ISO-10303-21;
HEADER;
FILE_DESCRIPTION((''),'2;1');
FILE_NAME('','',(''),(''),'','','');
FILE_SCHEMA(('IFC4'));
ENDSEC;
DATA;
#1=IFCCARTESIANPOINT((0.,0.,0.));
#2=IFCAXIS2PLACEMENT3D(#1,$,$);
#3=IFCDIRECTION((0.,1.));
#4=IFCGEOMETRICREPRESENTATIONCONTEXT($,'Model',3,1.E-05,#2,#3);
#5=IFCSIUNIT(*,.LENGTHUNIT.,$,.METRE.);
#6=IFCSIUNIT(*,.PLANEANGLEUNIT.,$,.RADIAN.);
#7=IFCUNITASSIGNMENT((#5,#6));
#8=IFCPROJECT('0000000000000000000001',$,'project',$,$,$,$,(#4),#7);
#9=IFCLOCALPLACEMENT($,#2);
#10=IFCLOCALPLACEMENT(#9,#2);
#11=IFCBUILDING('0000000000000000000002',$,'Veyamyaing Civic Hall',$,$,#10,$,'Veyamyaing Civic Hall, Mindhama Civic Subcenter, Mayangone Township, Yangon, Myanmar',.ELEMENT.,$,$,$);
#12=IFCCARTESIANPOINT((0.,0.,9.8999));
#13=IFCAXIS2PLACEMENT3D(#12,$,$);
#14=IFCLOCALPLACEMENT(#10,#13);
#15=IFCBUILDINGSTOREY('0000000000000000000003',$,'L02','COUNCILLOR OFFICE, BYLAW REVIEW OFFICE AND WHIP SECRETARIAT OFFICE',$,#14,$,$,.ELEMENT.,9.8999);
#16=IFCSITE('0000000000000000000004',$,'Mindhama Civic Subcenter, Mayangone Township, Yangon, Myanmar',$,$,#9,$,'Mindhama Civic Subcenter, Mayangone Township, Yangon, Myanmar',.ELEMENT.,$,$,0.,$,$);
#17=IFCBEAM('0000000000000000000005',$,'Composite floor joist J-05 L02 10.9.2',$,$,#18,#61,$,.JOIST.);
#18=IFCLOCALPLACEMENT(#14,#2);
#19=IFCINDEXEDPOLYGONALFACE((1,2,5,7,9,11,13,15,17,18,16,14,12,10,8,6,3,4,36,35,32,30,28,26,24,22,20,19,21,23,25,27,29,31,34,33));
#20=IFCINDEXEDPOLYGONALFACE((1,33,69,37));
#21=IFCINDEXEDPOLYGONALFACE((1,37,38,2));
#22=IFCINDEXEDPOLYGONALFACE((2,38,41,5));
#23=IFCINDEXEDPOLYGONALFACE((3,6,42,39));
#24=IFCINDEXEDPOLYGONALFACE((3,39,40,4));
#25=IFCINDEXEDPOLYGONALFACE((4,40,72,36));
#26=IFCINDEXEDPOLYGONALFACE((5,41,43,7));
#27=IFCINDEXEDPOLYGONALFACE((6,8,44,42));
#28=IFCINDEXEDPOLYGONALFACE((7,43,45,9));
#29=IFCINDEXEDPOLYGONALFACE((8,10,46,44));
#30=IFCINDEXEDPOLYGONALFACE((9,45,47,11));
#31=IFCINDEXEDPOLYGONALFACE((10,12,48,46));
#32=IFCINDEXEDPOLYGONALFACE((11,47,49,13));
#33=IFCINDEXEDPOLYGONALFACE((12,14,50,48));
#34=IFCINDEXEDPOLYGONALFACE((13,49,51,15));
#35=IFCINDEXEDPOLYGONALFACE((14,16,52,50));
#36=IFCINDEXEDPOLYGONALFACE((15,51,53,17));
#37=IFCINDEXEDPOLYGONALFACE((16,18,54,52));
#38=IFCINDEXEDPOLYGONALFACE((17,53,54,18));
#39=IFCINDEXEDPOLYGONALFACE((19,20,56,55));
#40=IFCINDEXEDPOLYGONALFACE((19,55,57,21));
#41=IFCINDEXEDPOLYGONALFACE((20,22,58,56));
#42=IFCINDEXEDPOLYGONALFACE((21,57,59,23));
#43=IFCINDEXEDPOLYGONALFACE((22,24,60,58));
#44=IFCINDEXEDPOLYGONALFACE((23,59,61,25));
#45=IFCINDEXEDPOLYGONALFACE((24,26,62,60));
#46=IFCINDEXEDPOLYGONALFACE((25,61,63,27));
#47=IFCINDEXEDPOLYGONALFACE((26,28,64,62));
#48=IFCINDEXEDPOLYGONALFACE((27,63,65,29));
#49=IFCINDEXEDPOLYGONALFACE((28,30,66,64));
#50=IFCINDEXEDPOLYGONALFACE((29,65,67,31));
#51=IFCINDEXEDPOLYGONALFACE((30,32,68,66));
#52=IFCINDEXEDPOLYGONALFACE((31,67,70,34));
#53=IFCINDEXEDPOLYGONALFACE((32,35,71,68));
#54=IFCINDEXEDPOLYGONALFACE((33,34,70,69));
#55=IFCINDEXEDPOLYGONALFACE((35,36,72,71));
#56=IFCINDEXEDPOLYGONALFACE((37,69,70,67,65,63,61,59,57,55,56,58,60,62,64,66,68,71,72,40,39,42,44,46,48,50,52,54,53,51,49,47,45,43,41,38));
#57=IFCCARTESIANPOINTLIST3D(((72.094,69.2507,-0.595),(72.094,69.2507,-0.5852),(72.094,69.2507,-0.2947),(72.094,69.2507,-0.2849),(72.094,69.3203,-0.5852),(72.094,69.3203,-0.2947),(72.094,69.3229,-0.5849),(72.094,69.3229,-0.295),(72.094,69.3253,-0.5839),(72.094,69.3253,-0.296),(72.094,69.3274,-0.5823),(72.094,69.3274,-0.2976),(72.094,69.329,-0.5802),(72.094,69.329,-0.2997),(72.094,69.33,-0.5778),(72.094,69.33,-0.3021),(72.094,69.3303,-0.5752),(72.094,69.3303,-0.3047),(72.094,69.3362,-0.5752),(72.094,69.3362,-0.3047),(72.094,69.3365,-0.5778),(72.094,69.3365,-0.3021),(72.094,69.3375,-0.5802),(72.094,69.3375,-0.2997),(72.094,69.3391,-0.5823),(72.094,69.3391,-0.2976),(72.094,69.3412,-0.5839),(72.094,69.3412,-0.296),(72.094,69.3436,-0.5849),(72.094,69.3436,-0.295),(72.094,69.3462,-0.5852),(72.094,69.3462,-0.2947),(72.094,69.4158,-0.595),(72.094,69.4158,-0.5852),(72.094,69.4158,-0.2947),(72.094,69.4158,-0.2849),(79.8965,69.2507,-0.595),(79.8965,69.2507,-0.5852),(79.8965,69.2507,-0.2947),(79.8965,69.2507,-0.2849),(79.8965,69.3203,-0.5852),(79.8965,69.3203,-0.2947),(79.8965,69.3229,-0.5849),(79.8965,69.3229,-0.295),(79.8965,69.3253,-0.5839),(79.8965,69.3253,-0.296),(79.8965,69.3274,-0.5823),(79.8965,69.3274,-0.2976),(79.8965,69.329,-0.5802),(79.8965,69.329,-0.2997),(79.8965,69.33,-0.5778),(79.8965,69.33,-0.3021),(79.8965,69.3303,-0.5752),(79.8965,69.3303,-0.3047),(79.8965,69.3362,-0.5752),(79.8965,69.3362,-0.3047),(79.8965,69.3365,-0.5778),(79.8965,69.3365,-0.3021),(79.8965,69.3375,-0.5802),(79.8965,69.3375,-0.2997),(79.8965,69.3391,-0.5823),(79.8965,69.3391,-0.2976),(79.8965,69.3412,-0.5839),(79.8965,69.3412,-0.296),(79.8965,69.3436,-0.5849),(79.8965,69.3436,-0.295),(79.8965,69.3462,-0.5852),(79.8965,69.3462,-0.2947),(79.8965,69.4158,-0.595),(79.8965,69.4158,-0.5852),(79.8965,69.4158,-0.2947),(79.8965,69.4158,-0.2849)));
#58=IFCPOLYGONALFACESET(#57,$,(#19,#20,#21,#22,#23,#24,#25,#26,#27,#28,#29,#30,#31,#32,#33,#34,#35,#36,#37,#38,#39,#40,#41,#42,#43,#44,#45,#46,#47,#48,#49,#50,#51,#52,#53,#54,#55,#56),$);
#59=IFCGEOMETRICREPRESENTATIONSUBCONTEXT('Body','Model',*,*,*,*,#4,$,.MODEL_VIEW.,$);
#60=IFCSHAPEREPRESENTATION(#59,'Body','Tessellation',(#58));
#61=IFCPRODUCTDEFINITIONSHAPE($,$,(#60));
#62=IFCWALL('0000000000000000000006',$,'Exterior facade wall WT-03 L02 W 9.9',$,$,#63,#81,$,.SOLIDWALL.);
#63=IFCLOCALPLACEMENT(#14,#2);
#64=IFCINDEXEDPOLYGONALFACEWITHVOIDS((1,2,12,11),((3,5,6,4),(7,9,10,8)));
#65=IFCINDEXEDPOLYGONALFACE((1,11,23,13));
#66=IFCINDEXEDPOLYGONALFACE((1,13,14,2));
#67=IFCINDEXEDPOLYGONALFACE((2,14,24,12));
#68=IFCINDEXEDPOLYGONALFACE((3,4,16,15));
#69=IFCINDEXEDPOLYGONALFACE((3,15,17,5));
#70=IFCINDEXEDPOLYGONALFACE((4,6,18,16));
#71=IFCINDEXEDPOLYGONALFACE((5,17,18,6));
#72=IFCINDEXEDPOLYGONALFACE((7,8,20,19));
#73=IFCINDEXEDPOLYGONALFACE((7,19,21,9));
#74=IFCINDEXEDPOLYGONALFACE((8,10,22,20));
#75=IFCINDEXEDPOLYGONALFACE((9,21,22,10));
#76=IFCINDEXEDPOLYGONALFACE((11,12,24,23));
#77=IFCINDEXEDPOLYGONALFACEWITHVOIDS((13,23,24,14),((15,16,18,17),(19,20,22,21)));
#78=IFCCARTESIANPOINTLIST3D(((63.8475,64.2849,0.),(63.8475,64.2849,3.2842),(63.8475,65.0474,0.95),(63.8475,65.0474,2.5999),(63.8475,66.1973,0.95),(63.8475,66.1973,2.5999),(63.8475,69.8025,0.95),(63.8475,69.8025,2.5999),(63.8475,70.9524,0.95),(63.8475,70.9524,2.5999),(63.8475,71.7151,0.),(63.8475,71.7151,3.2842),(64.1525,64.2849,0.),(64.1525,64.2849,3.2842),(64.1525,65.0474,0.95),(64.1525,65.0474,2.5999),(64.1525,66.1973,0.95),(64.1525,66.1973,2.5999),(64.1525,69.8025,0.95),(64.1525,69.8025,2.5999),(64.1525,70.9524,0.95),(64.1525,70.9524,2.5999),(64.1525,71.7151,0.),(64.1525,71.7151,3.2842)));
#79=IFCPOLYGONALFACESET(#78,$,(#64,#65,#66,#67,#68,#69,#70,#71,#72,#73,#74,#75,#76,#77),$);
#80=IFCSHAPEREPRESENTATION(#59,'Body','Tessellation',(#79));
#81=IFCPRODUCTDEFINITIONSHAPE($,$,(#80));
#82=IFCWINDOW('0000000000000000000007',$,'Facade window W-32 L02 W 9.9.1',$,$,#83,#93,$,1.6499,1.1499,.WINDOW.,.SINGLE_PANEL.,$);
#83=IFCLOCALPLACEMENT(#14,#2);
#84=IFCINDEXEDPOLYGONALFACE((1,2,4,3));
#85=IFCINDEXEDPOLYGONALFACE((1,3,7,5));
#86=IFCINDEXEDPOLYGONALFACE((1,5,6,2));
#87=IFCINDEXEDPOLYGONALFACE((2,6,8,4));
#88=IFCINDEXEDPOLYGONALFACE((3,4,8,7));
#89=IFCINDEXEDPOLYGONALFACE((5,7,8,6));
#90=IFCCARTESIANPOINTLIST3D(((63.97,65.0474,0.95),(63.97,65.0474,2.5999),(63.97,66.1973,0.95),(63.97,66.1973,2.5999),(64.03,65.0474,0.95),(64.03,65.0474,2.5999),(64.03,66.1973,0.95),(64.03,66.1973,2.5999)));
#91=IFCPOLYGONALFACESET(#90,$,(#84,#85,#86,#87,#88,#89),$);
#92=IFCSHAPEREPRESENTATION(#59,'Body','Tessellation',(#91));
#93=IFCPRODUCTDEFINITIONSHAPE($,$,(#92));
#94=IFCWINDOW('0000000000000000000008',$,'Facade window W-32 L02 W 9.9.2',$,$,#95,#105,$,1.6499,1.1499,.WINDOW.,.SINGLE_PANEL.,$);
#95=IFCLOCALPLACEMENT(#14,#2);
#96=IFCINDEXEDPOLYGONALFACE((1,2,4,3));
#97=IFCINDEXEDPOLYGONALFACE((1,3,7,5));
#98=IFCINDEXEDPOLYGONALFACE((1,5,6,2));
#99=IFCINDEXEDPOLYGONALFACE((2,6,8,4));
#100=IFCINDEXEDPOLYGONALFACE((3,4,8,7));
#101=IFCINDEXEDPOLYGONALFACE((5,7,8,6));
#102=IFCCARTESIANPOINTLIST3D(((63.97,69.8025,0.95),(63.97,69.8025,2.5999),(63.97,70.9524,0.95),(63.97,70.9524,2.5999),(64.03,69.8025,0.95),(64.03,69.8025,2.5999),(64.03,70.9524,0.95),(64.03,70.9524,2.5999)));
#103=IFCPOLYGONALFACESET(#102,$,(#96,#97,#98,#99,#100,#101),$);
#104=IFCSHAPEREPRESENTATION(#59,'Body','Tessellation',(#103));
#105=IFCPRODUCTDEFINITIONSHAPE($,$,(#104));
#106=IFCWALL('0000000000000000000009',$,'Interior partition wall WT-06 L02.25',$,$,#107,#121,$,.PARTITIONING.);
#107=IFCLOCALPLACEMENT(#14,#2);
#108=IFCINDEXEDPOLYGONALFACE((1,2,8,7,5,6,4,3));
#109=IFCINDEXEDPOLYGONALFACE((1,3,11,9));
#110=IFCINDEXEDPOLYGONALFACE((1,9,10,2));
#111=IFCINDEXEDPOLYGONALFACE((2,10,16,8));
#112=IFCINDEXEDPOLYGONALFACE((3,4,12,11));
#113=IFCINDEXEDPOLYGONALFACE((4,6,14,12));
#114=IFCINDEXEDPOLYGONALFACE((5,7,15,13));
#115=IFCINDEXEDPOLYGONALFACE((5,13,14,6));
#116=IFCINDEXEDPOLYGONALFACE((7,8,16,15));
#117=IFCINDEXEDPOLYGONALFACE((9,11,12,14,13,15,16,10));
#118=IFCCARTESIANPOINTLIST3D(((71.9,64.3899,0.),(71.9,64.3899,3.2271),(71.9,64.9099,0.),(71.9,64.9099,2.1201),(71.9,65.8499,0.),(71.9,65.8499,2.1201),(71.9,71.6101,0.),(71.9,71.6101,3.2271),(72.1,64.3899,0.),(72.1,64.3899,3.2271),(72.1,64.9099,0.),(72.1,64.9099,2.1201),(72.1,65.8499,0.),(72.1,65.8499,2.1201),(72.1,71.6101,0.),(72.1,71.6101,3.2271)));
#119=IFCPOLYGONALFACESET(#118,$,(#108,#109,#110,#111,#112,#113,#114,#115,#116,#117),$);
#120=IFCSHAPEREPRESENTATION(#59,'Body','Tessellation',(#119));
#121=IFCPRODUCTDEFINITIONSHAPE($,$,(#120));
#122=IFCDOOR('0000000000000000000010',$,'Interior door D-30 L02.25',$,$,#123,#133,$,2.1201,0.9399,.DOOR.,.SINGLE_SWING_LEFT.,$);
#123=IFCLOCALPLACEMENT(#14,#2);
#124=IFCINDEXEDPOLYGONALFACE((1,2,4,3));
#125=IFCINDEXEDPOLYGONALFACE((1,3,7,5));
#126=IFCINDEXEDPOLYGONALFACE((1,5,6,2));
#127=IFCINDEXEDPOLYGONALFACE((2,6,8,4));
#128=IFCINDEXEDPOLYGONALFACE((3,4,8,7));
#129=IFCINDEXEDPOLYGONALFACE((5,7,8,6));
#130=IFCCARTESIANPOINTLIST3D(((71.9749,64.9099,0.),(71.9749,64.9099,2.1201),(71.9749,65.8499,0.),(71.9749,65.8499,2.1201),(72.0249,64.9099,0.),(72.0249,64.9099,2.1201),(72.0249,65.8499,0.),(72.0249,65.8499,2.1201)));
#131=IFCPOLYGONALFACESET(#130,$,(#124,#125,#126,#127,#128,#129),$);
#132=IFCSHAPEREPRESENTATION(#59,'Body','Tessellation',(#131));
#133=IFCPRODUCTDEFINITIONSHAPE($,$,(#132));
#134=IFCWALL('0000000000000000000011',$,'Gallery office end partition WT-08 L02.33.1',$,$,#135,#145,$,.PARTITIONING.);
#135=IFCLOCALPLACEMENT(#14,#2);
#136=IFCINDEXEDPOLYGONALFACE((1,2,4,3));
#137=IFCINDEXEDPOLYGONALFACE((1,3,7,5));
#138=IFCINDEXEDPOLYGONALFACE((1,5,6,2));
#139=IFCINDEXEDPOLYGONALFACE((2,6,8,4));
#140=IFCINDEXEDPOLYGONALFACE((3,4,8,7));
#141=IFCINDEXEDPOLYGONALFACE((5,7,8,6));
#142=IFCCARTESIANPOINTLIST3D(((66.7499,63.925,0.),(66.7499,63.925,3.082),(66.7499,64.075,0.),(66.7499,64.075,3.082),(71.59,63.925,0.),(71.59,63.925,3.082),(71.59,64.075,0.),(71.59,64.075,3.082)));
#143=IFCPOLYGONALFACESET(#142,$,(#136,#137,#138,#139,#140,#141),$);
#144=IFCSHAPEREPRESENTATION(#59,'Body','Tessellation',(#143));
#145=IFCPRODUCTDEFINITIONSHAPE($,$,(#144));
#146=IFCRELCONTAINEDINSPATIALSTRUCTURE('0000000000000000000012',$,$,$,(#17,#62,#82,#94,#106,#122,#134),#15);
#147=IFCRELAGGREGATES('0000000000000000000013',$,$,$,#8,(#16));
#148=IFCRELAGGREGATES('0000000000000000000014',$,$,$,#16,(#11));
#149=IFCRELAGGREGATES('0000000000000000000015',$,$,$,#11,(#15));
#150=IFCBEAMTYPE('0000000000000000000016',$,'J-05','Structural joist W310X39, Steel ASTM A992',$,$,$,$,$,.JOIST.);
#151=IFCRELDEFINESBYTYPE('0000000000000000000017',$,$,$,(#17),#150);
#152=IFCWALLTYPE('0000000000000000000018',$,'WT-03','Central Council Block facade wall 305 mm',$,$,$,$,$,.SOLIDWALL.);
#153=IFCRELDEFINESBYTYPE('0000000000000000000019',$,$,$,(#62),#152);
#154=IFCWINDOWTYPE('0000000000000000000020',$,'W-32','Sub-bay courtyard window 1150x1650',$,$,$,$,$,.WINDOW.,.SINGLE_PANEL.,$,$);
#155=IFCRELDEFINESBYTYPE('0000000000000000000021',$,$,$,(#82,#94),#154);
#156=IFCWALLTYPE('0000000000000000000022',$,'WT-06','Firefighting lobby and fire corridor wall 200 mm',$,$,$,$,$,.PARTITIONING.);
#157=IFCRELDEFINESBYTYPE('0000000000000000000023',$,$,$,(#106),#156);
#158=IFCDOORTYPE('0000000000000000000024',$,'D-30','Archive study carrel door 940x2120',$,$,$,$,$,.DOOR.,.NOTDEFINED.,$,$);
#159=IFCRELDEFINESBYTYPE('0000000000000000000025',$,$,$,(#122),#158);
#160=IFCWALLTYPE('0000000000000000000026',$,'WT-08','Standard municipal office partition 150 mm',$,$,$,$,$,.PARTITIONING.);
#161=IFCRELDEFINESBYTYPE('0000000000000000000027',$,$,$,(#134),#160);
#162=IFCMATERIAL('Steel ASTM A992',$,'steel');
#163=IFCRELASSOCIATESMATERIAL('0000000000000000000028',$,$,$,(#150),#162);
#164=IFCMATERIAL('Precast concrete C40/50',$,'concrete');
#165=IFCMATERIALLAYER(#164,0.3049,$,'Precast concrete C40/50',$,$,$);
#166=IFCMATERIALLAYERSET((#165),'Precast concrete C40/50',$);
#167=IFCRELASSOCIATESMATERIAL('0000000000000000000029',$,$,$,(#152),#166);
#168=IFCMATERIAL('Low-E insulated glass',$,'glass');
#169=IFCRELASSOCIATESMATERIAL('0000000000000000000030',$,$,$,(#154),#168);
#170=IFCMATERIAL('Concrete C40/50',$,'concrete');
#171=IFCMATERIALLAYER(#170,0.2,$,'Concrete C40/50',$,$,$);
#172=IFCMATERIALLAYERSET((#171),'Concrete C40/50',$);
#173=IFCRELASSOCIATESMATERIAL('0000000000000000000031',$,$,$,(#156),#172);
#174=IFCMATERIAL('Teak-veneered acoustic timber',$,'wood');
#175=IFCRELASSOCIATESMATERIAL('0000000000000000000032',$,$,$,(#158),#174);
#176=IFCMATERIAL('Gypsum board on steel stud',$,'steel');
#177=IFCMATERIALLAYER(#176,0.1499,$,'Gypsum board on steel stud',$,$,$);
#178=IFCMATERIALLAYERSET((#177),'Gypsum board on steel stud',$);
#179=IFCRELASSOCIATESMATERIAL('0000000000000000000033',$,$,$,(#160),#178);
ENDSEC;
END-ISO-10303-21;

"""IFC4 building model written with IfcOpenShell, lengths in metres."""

from ifc_helpers import new_model, si_unit, direction, frame, frame_2d, origin, origin_2d, place, context, subcontext, project, spatial, rectangle, i_section, extrude, material, layer, layer_set, material_profile, profile_set, type_object, element, fill, save


model = new_model("IFC4")

# Units and contexts
model_context = context("Model", 3, precision=1e-05, world=origin(), true_north=direction((0.0, 1.0)))
body_context = subcontext(model_context, "Body", "Model", "MODEL_VIEW")
ifc_project = project(units=[si_unit("LENGTHUNIT", "METRE"), si_unit("PLANEANGLEUNIT", "RADIAN")], contexts=[model_context])

# Site, building, storey
site_placement = place(None, origin())
site = spatial("IfcSite", under=ifc_project, at=site_placement, Name="Mindhama Civic Subcenter, Mayangone Township, Yangon, Myanmar", LongName="Mindhama Civic Subcenter, Mayangone Township, Yangon, Myanmar", CompositionType="ELEMENT", RefElevation=0.0)
building_placement = place(site_placement, origin())
building = spatial("IfcBuilding", under=site, at=building_placement, Name="Veyamyaing Civic Hall", LongName="Veyamyaing Civic Hall, Mindhama Civic Subcenter, Mayangone Township, Yangon, Myanmar", CompositionType="ELEMENT")
storey_placement = place(building_placement, frame((0.0, 0.0, 9.8999)))
storey = spatial("IfcBuildingStorey", under=building, at=storey_placement, Name="L02", Description="COUNCILLOR OFFICE, BYLAW REVIEW OFFICE AND WHIP SECRETARIAT OFFICE", CompositionType="ELEMENT", Elevation=9.8999)

# Beam
ifc_material_1 = material(Name="Steel ASTM A992", Category="steel")
ifc_material_profile_1 = material_profile(ifc_material_1, i_section(OverallWidth=0.165, OverallDepth=0.3101, WebThickness=0.0059, FlangeThickness=0.0098, FilletRadius=0.01, at=origin_2d()), Name="W310X39")
ifc_profile_set_1 = profile_set([ifc_material_profile_1], Name="Steel ASTM A992")
beam_type_1 = type_object("IfcBeamType", Name="J-05", Description="Structural joist W310X39, Steel ASTM A992", PredefinedType="JOIST", material=ifc_profile_set_1)
for number, where, z_axis, x_axis, name in (
    (1, (72.094, 69.3333, -0.4399), (1.0, 0.0, 0.0), (0.0, 1.0, 0.0), "Composite floor joist J-05 L02 10.9.2"),
):
    element("IfcBeam", number, at=place(storey_placement, frame(where, z_axis=z_axis, x_axis=x_axis)), inside=storey, type_object=beam_type_1, Name=name, PredefinedType="JOIST", context=body_context, shape_type="SweptSolid", body=[
        extrude(i_section(OverallWidth=0.165, OverallDepth=0.3101, WebThickness=0.0059, FlangeThickness=0.0098, FilletRadius=0.01, at=origin_2d()), origin(), (0.0, 0.0, 1.0), 7.8025),
    ])

# Wall, openings, windows
ifc_material_2 = material(Name="Precast concrete C40/50", Category="concrete")
ifc_layer_1 = layer(ifc_material_2, 0.3049, Name="Precast concrete C40/50")
ifc_layer_set_1 = layer_set([ifc_layer_1], Name="Precast concrete C40/50")
wall_type_1 = type_object("IfcWallType", Name="WT-03", Description="Central Council Block facade wall 305 mm", PredefinedType="SOLIDWALL", material=ifc_layer_set_1)
wall_1_placement = place(storey_placement, frame((64.0, 64.2849, 0.0), z_axis=(0.0, 0.0, 1.0), x_axis=(0.0, 1.0, 0.0)))
wall_1 = element("IfcWall", 2, at=wall_1_placement, inside=storey, type_object=wall_type_1, Name="Exterior facade wall WT-03 L02 W 9.9", PredefinedType="SOLIDWALL", context=body_context, shape_type="SweptSolid", body=[
    extrude(rectangle(XDim=7.4302, YDim=0.3049, at=frame_2d((3.7151, 0.0))), origin(), (0.0, 0.0, 1.0), 3.2842),
])
opening_1_placement = place(wall_1_placement, frame((0.7625, 0.0, 0.95)))
opening_1 = element("IfcOpeningElement", 3, at=opening_1_placement, cuts=wall_1, PredefinedType="OPENING", context=body_context, shape_type="SweptSolid", body=[
    extrude(rectangle(XDim=1.1499, YDim=1.6499, at=frame_2d((0.575, 0.825))), frame((0.0, 0.1624, 0.0), z_axis=(0.0, -1.0, 0.0), x_axis=(1.0, 0.0, 0.0)), (0.0, 0.0, 1.0), 0.325),
])
opening_2_placement = place(wall_1_placement, frame((5.5176, 0.0, 0.95)))
opening_2 = element("IfcOpeningElement", 4, at=opening_2_placement, cuts=wall_1, PredefinedType="OPENING", context=body_context, shape_type="SweptSolid", body=[
    extrude(rectangle(XDim=1.1499, YDim=1.6499, at=frame_2d((0.575, 0.825))), frame((0.0, 0.1624, 0.0), z_axis=(0.0, -1.0, 0.0), x_axis=(1.0, 0.0, 0.0)), (0.0, 0.0, 1.0), 0.325),
])
ifc_material_3 = material(Name="Low-E insulated glass", Category="glass")
window_type = type_object("IfcWindowType", Name="W-32", Description="Sub-bay courtyard window 1150x1650", PartitioningType="SINGLE_PANEL", PredefinedType="WINDOW", material=ifc_material_3)
window_1_placement = place(opening_1_placement, origin())
window_1 = element("IfcWindow", 5, at=window_1_placement, inside=storey, type_object=window_type, Name="Facade window W-32 L02 W 9.9.1", OverallHeight=1.6499, OverallWidth=1.1499, PartitioningType="SINGLE_PANEL", PredefinedType="WINDOW", context=body_context, shape_type="SweptSolid", body=[
    extrude(rectangle(XDim=1.1499, YDim=1.6499, at=frame_2d((0.575, 0.825))), frame((0.0, 0.03, 0.0), z_axis=(0.0, -1.0, 0.0), x_axis=(1.0, 0.0, 0.0)), (0.0, 0.0, 1.0), 0.0601),
])
fill(opening_1, window_1)
window_2_placement = place(opening_2_placement, origin())
window_2 = element("IfcWindow", 6, at=window_2_placement, inside=storey, type_object=window_type, Name="Facade window W-32 L02 W 9.9.2", OverallHeight=1.6499, OverallWidth=1.1499, PartitioningType="SINGLE_PANEL", PredefinedType="WINDOW", context=body_context, shape_type="SweptSolid", body=[
    extrude(rectangle(XDim=1.1499, YDim=1.6499, at=frame_2d((0.575, 0.825))), frame((0.0, 0.03, 0.0), z_axis=(0.0, -1.0, 0.0), x_axis=(1.0, 0.0, 0.0)), (0.0, 0.0, 1.0), 0.0601),
])
fill(opening_2, window_2)

# Wall, opening, door
ifc_material_4 = material(Name="Concrete C40/50", Category="concrete")
ifc_layer_2 = layer(ifc_material_4, 0.2, Name="Concrete C40/50")
ifc_layer_set_2 = layer_set([ifc_layer_2], Name="Concrete C40/50")
wall_type_2 = type_object("IfcWallType", Name="WT-06", Description="Firefighting lobby and fire corridor wall 200 mm", PredefinedType="PARTITIONING", material=ifc_layer_set_2)
wall_2_placement = place(storey_placement, frame((72.0, 64.3899, 0.0), z_axis=(0.0, 0.0, 1.0), x_axis=(0.0, 1.0, 0.0)))
wall_2 = element("IfcWall", 7, at=wall_2_placement, inside=storey, type_object=wall_type_2, Name="Interior partition wall WT-06 L02.25", PredefinedType="PARTITIONING", context=body_context, shape_type="SweptSolid", body=[
    extrude(rectangle(XDim=7.2202, YDim=0.2, at=frame_2d((3.6101, 0.0))), origin(), (0.0, 0.0, 1.0), 3.2271),
])
opening_3_placement = place(wall_2_placement, frame((0.52, 0.0, 0.0)))
opening_3 = element("IfcOpeningElement", 8, at=opening_3_placement, cuts=wall_2, PredefinedType="OPENING", context=body_context, shape_type="SweptSolid", body=[
    extrude(rectangle(XDim=0.9399, YDim=2.1201, at=frame_2d((0.47, 1.0601))), frame((0.0, 0.1099, 0.0), z_axis=(0.0, -1.0, 0.0), x_axis=(1.0, 0.0, 0.0)), (0.0, 0.0, 1.0), 0.22),
])
ifc_material_5 = material(Name="Teak-veneered acoustic timber", Category="wood")
door_type_1 = type_object("IfcDoorType", Name="D-30", Description="Archive study carrel door 940x2120", OperationType="NOTDEFINED", PredefinedType="DOOR", material=ifc_material_5)
door_1_placement = place(opening_3_placement, frame((0.9399, 0.0, 0.0), z_axis=(0.0, 0.0, 1.0), x_axis=(-1.0, 0.0, 0.0)))
door_1 = element("IfcDoor", 9, at=door_1_placement, inside=storey, type_object=door_type_1, Name="Interior door D-30 L02.25", OperationType="SINGLE_SWING_LEFT", OverallHeight=2.1201, OverallWidth=0.9399, PredefinedType="DOOR", context=body_context, shape_type="SweptSolid", body=[
    extrude(rectangle(XDim=0.9399, YDim=2.1201, at=frame_2d((0.47, 1.0601))), frame((0.0, 0.0249, 0.0), z_axis=(0.0, -1.0, 0.0), x_axis=(1.0, 0.0, 0.0)), (0.0, 0.0, 1.0), 0.05),
])
fill(opening_3, door_1)

# Wall
ifc_material_6 = material(Name="Gypsum board on steel stud", Category="steel")
ifc_layer_3 = layer(ifc_material_6, 0.1499, Name="Gypsum board on steel stud")
ifc_layer_set_3 = layer_set([ifc_layer_3], Name="Gypsum board on steel stud")
wall_type_3 = type_object("IfcWallType", Name="WT-08", Description="Standard municipal office partition 150 mm", PredefinedType="PARTITIONING", material=ifc_layer_set_3)
wall_3_placement = place(storey_placement, frame((66.75, 64.0, 0.0), z_axis=(0.0, 0.0, 1.0), x_axis=(1.0, 0.0, 0.0)))
element("IfcWall", 10, at=wall_3_placement, inside=storey, type_object=wall_type_3, Name="Gallery office end partition WT-08 L02.33.1", PredefinedType="PARTITIONING", context=body_context, shape_type="SweptSolid", body=[
    extrude(rectangle(XDim=4.8401, YDim=0.1499, at=frame_2d((2.4199, 0.0))), origin(), (0.0, 0.0, 1.0), 3.082),
])

save(model, "model.ifc")
